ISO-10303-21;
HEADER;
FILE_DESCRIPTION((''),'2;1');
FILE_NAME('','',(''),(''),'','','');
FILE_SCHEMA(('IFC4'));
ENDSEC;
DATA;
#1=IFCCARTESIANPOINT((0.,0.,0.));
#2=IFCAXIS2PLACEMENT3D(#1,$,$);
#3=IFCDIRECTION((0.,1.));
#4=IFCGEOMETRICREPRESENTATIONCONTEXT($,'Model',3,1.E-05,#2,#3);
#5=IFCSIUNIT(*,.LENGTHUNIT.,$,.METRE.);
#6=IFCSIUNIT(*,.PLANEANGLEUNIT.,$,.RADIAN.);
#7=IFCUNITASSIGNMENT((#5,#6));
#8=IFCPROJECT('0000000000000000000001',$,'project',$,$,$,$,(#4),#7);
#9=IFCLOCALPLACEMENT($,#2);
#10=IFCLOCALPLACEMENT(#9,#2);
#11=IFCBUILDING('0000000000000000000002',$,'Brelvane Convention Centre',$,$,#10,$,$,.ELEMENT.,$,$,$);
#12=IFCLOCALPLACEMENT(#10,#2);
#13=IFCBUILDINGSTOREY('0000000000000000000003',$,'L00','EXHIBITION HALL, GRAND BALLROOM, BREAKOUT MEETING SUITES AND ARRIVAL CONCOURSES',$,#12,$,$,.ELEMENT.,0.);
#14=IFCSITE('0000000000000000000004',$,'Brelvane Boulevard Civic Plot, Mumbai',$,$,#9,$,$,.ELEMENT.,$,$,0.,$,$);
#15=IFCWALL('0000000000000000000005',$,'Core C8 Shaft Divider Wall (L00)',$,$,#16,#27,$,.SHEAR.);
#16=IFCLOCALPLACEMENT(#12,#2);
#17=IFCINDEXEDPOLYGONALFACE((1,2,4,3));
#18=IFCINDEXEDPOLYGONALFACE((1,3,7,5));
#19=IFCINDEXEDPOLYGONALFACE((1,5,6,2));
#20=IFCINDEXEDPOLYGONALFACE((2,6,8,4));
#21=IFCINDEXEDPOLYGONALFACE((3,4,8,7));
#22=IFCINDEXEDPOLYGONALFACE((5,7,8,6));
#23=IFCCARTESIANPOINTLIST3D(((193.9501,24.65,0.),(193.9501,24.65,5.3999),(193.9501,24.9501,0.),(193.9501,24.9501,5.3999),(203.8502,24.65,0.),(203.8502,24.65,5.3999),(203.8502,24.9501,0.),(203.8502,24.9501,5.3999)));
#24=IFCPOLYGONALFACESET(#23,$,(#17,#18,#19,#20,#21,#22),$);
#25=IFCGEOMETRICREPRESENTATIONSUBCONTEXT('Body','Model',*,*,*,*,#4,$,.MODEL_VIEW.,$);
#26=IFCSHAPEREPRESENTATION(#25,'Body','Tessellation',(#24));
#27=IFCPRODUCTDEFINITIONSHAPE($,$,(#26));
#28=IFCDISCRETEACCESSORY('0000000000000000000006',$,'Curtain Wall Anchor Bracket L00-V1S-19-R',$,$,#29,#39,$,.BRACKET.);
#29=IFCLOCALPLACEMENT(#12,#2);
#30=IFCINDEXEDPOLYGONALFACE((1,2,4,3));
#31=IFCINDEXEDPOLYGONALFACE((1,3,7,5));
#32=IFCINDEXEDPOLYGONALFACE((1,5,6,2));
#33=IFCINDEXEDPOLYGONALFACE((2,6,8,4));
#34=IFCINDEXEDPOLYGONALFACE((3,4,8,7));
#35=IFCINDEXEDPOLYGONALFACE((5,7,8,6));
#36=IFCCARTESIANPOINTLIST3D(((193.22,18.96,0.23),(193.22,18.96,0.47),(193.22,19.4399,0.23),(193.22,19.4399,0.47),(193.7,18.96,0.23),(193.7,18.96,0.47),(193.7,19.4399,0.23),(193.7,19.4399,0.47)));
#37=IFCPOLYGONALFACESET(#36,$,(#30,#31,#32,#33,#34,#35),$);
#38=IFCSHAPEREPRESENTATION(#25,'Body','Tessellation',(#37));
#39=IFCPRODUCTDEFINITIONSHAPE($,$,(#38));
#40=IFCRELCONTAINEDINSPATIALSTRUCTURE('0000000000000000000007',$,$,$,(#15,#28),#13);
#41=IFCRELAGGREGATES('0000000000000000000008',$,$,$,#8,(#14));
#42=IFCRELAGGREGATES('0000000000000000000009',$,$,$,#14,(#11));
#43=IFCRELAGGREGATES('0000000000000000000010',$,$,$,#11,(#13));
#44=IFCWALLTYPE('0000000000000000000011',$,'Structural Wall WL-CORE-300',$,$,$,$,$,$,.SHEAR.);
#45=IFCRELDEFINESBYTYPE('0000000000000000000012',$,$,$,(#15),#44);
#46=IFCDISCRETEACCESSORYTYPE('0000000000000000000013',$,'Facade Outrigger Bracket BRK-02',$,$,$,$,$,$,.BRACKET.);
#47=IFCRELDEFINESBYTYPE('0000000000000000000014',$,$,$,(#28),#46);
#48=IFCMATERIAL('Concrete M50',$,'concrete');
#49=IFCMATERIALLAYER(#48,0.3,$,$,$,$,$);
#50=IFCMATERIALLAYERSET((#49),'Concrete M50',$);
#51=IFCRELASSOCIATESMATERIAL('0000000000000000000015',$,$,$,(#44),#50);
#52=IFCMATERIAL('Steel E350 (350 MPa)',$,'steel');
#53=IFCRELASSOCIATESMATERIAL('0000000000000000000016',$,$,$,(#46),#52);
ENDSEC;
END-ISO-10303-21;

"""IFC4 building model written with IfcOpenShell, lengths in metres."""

from ifc_helpers import new_model, si_unit, direction, frame, frame_2d, origin, origin_2d, place, context, subcontext, project, spatial, rectangle, extrude, material, layer, layer_set, type_object, element, save


model = new_model("IFC4")

# Units and contexts
model_context = context("Model", 3, precision=1e-05, world=origin(), true_north=direction((0.0, 1.0)))
body_context = subcontext(model_context, "Body", "Model", "MODEL_VIEW")
ifc_project = project(units=[si_unit("LENGTHUNIT", "METRE"), si_unit("PLANEANGLEUNIT", "RADIAN")], contexts=[model_context])

# Site, building, storey
site_placement = place(None, origin())
site = spatial("IfcSite", under=ifc_project, at=site_placement, Name="Brelvane Boulevard Civic Plot, Mumbai", CompositionType="ELEMENT", RefElevation=0.0)
building_placement = place(site_placement, origin())
building = spatial("IfcBuilding", under=site, at=building_placement, Name="Brelvane Convention Centre", CompositionType="ELEMENT")
storey_placement = place(building_placement, origin())
storey = spatial("IfcBuildingStorey", under=building, at=storey_placement, Name="L00", Description="EXHIBITION HALL, GRAND BALLROOM, BREAKOUT MEETING SUITES AND ARRIVAL CONCOURSES", CompositionType="ELEMENT", Elevation=0.0)

# Shared definitions
ifc_material_1 = material(Name="Concrete M50", Category="concrete")
ifc_layer_1 = layer(ifc_material_1, 0.3)
ifc_layer_set_1 = layer_set([ifc_layer_1], Name="Concrete M50")
wall_type = type_object("IfcWallType", Name="Structural Wall WL-CORE-300", PredefinedType="SHEAR", material=ifc_layer_set_1)

# Wall
wall_1_placement = place(storey_placement, frame((193.95, 24.8, 0.0), z_axis=(0.0, 0.0, 1.0), x_axis=(1.0, 0.0, 0.0)))
element("IfcWall", 1, at=wall_1_placement, inside=storey, type_object=wall_type, Name="Core C8 Shaft Divider Wall (L00)", PredefinedType="SHEAR", context=body_context, shape_type="SweptSolid", body=[
    extrude(rectangle(XDim=9.9001, YDim=0.3, at=frame_2d((4.9502, 0.0))), origin(), (0.0, 0.0, 1.0), 5.3999),
])

# Discrete accessory
ifc_material_2 = material(Name="Steel E350 (350 MPa)", Category="steel")
discrete_accessory_type = type_object("IfcDiscreteAccessoryType", Name="Facade Outrigger Bracket BRK-02", PredefinedType="BRACKET", material=ifc_material_2)
discrete_accessory_placement = place(storey_placement, frame((193.46, 19.2, 0.23), z_axis=(0.0, 0.0, 1.0), x_axis=(1.0, 0.0, 0.0)))
element("IfcDiscreteAccessory", 2, at=discrete_accessory_placement, inside=storey, type_object=discrete_accessory_type, Name="Curtain Wall Anchor Bracket L00-V1S-19-R", PredefinedType="BRACKET", context=body_context, shape_type="SweptSolid", body=[
    extrude(rectangle(XDim=0.48, YDim=0.48, at=origin_2d()), origin(), (0.0, 0.0, 1.0), 0.24),
])

save(model, "model.ifc")
